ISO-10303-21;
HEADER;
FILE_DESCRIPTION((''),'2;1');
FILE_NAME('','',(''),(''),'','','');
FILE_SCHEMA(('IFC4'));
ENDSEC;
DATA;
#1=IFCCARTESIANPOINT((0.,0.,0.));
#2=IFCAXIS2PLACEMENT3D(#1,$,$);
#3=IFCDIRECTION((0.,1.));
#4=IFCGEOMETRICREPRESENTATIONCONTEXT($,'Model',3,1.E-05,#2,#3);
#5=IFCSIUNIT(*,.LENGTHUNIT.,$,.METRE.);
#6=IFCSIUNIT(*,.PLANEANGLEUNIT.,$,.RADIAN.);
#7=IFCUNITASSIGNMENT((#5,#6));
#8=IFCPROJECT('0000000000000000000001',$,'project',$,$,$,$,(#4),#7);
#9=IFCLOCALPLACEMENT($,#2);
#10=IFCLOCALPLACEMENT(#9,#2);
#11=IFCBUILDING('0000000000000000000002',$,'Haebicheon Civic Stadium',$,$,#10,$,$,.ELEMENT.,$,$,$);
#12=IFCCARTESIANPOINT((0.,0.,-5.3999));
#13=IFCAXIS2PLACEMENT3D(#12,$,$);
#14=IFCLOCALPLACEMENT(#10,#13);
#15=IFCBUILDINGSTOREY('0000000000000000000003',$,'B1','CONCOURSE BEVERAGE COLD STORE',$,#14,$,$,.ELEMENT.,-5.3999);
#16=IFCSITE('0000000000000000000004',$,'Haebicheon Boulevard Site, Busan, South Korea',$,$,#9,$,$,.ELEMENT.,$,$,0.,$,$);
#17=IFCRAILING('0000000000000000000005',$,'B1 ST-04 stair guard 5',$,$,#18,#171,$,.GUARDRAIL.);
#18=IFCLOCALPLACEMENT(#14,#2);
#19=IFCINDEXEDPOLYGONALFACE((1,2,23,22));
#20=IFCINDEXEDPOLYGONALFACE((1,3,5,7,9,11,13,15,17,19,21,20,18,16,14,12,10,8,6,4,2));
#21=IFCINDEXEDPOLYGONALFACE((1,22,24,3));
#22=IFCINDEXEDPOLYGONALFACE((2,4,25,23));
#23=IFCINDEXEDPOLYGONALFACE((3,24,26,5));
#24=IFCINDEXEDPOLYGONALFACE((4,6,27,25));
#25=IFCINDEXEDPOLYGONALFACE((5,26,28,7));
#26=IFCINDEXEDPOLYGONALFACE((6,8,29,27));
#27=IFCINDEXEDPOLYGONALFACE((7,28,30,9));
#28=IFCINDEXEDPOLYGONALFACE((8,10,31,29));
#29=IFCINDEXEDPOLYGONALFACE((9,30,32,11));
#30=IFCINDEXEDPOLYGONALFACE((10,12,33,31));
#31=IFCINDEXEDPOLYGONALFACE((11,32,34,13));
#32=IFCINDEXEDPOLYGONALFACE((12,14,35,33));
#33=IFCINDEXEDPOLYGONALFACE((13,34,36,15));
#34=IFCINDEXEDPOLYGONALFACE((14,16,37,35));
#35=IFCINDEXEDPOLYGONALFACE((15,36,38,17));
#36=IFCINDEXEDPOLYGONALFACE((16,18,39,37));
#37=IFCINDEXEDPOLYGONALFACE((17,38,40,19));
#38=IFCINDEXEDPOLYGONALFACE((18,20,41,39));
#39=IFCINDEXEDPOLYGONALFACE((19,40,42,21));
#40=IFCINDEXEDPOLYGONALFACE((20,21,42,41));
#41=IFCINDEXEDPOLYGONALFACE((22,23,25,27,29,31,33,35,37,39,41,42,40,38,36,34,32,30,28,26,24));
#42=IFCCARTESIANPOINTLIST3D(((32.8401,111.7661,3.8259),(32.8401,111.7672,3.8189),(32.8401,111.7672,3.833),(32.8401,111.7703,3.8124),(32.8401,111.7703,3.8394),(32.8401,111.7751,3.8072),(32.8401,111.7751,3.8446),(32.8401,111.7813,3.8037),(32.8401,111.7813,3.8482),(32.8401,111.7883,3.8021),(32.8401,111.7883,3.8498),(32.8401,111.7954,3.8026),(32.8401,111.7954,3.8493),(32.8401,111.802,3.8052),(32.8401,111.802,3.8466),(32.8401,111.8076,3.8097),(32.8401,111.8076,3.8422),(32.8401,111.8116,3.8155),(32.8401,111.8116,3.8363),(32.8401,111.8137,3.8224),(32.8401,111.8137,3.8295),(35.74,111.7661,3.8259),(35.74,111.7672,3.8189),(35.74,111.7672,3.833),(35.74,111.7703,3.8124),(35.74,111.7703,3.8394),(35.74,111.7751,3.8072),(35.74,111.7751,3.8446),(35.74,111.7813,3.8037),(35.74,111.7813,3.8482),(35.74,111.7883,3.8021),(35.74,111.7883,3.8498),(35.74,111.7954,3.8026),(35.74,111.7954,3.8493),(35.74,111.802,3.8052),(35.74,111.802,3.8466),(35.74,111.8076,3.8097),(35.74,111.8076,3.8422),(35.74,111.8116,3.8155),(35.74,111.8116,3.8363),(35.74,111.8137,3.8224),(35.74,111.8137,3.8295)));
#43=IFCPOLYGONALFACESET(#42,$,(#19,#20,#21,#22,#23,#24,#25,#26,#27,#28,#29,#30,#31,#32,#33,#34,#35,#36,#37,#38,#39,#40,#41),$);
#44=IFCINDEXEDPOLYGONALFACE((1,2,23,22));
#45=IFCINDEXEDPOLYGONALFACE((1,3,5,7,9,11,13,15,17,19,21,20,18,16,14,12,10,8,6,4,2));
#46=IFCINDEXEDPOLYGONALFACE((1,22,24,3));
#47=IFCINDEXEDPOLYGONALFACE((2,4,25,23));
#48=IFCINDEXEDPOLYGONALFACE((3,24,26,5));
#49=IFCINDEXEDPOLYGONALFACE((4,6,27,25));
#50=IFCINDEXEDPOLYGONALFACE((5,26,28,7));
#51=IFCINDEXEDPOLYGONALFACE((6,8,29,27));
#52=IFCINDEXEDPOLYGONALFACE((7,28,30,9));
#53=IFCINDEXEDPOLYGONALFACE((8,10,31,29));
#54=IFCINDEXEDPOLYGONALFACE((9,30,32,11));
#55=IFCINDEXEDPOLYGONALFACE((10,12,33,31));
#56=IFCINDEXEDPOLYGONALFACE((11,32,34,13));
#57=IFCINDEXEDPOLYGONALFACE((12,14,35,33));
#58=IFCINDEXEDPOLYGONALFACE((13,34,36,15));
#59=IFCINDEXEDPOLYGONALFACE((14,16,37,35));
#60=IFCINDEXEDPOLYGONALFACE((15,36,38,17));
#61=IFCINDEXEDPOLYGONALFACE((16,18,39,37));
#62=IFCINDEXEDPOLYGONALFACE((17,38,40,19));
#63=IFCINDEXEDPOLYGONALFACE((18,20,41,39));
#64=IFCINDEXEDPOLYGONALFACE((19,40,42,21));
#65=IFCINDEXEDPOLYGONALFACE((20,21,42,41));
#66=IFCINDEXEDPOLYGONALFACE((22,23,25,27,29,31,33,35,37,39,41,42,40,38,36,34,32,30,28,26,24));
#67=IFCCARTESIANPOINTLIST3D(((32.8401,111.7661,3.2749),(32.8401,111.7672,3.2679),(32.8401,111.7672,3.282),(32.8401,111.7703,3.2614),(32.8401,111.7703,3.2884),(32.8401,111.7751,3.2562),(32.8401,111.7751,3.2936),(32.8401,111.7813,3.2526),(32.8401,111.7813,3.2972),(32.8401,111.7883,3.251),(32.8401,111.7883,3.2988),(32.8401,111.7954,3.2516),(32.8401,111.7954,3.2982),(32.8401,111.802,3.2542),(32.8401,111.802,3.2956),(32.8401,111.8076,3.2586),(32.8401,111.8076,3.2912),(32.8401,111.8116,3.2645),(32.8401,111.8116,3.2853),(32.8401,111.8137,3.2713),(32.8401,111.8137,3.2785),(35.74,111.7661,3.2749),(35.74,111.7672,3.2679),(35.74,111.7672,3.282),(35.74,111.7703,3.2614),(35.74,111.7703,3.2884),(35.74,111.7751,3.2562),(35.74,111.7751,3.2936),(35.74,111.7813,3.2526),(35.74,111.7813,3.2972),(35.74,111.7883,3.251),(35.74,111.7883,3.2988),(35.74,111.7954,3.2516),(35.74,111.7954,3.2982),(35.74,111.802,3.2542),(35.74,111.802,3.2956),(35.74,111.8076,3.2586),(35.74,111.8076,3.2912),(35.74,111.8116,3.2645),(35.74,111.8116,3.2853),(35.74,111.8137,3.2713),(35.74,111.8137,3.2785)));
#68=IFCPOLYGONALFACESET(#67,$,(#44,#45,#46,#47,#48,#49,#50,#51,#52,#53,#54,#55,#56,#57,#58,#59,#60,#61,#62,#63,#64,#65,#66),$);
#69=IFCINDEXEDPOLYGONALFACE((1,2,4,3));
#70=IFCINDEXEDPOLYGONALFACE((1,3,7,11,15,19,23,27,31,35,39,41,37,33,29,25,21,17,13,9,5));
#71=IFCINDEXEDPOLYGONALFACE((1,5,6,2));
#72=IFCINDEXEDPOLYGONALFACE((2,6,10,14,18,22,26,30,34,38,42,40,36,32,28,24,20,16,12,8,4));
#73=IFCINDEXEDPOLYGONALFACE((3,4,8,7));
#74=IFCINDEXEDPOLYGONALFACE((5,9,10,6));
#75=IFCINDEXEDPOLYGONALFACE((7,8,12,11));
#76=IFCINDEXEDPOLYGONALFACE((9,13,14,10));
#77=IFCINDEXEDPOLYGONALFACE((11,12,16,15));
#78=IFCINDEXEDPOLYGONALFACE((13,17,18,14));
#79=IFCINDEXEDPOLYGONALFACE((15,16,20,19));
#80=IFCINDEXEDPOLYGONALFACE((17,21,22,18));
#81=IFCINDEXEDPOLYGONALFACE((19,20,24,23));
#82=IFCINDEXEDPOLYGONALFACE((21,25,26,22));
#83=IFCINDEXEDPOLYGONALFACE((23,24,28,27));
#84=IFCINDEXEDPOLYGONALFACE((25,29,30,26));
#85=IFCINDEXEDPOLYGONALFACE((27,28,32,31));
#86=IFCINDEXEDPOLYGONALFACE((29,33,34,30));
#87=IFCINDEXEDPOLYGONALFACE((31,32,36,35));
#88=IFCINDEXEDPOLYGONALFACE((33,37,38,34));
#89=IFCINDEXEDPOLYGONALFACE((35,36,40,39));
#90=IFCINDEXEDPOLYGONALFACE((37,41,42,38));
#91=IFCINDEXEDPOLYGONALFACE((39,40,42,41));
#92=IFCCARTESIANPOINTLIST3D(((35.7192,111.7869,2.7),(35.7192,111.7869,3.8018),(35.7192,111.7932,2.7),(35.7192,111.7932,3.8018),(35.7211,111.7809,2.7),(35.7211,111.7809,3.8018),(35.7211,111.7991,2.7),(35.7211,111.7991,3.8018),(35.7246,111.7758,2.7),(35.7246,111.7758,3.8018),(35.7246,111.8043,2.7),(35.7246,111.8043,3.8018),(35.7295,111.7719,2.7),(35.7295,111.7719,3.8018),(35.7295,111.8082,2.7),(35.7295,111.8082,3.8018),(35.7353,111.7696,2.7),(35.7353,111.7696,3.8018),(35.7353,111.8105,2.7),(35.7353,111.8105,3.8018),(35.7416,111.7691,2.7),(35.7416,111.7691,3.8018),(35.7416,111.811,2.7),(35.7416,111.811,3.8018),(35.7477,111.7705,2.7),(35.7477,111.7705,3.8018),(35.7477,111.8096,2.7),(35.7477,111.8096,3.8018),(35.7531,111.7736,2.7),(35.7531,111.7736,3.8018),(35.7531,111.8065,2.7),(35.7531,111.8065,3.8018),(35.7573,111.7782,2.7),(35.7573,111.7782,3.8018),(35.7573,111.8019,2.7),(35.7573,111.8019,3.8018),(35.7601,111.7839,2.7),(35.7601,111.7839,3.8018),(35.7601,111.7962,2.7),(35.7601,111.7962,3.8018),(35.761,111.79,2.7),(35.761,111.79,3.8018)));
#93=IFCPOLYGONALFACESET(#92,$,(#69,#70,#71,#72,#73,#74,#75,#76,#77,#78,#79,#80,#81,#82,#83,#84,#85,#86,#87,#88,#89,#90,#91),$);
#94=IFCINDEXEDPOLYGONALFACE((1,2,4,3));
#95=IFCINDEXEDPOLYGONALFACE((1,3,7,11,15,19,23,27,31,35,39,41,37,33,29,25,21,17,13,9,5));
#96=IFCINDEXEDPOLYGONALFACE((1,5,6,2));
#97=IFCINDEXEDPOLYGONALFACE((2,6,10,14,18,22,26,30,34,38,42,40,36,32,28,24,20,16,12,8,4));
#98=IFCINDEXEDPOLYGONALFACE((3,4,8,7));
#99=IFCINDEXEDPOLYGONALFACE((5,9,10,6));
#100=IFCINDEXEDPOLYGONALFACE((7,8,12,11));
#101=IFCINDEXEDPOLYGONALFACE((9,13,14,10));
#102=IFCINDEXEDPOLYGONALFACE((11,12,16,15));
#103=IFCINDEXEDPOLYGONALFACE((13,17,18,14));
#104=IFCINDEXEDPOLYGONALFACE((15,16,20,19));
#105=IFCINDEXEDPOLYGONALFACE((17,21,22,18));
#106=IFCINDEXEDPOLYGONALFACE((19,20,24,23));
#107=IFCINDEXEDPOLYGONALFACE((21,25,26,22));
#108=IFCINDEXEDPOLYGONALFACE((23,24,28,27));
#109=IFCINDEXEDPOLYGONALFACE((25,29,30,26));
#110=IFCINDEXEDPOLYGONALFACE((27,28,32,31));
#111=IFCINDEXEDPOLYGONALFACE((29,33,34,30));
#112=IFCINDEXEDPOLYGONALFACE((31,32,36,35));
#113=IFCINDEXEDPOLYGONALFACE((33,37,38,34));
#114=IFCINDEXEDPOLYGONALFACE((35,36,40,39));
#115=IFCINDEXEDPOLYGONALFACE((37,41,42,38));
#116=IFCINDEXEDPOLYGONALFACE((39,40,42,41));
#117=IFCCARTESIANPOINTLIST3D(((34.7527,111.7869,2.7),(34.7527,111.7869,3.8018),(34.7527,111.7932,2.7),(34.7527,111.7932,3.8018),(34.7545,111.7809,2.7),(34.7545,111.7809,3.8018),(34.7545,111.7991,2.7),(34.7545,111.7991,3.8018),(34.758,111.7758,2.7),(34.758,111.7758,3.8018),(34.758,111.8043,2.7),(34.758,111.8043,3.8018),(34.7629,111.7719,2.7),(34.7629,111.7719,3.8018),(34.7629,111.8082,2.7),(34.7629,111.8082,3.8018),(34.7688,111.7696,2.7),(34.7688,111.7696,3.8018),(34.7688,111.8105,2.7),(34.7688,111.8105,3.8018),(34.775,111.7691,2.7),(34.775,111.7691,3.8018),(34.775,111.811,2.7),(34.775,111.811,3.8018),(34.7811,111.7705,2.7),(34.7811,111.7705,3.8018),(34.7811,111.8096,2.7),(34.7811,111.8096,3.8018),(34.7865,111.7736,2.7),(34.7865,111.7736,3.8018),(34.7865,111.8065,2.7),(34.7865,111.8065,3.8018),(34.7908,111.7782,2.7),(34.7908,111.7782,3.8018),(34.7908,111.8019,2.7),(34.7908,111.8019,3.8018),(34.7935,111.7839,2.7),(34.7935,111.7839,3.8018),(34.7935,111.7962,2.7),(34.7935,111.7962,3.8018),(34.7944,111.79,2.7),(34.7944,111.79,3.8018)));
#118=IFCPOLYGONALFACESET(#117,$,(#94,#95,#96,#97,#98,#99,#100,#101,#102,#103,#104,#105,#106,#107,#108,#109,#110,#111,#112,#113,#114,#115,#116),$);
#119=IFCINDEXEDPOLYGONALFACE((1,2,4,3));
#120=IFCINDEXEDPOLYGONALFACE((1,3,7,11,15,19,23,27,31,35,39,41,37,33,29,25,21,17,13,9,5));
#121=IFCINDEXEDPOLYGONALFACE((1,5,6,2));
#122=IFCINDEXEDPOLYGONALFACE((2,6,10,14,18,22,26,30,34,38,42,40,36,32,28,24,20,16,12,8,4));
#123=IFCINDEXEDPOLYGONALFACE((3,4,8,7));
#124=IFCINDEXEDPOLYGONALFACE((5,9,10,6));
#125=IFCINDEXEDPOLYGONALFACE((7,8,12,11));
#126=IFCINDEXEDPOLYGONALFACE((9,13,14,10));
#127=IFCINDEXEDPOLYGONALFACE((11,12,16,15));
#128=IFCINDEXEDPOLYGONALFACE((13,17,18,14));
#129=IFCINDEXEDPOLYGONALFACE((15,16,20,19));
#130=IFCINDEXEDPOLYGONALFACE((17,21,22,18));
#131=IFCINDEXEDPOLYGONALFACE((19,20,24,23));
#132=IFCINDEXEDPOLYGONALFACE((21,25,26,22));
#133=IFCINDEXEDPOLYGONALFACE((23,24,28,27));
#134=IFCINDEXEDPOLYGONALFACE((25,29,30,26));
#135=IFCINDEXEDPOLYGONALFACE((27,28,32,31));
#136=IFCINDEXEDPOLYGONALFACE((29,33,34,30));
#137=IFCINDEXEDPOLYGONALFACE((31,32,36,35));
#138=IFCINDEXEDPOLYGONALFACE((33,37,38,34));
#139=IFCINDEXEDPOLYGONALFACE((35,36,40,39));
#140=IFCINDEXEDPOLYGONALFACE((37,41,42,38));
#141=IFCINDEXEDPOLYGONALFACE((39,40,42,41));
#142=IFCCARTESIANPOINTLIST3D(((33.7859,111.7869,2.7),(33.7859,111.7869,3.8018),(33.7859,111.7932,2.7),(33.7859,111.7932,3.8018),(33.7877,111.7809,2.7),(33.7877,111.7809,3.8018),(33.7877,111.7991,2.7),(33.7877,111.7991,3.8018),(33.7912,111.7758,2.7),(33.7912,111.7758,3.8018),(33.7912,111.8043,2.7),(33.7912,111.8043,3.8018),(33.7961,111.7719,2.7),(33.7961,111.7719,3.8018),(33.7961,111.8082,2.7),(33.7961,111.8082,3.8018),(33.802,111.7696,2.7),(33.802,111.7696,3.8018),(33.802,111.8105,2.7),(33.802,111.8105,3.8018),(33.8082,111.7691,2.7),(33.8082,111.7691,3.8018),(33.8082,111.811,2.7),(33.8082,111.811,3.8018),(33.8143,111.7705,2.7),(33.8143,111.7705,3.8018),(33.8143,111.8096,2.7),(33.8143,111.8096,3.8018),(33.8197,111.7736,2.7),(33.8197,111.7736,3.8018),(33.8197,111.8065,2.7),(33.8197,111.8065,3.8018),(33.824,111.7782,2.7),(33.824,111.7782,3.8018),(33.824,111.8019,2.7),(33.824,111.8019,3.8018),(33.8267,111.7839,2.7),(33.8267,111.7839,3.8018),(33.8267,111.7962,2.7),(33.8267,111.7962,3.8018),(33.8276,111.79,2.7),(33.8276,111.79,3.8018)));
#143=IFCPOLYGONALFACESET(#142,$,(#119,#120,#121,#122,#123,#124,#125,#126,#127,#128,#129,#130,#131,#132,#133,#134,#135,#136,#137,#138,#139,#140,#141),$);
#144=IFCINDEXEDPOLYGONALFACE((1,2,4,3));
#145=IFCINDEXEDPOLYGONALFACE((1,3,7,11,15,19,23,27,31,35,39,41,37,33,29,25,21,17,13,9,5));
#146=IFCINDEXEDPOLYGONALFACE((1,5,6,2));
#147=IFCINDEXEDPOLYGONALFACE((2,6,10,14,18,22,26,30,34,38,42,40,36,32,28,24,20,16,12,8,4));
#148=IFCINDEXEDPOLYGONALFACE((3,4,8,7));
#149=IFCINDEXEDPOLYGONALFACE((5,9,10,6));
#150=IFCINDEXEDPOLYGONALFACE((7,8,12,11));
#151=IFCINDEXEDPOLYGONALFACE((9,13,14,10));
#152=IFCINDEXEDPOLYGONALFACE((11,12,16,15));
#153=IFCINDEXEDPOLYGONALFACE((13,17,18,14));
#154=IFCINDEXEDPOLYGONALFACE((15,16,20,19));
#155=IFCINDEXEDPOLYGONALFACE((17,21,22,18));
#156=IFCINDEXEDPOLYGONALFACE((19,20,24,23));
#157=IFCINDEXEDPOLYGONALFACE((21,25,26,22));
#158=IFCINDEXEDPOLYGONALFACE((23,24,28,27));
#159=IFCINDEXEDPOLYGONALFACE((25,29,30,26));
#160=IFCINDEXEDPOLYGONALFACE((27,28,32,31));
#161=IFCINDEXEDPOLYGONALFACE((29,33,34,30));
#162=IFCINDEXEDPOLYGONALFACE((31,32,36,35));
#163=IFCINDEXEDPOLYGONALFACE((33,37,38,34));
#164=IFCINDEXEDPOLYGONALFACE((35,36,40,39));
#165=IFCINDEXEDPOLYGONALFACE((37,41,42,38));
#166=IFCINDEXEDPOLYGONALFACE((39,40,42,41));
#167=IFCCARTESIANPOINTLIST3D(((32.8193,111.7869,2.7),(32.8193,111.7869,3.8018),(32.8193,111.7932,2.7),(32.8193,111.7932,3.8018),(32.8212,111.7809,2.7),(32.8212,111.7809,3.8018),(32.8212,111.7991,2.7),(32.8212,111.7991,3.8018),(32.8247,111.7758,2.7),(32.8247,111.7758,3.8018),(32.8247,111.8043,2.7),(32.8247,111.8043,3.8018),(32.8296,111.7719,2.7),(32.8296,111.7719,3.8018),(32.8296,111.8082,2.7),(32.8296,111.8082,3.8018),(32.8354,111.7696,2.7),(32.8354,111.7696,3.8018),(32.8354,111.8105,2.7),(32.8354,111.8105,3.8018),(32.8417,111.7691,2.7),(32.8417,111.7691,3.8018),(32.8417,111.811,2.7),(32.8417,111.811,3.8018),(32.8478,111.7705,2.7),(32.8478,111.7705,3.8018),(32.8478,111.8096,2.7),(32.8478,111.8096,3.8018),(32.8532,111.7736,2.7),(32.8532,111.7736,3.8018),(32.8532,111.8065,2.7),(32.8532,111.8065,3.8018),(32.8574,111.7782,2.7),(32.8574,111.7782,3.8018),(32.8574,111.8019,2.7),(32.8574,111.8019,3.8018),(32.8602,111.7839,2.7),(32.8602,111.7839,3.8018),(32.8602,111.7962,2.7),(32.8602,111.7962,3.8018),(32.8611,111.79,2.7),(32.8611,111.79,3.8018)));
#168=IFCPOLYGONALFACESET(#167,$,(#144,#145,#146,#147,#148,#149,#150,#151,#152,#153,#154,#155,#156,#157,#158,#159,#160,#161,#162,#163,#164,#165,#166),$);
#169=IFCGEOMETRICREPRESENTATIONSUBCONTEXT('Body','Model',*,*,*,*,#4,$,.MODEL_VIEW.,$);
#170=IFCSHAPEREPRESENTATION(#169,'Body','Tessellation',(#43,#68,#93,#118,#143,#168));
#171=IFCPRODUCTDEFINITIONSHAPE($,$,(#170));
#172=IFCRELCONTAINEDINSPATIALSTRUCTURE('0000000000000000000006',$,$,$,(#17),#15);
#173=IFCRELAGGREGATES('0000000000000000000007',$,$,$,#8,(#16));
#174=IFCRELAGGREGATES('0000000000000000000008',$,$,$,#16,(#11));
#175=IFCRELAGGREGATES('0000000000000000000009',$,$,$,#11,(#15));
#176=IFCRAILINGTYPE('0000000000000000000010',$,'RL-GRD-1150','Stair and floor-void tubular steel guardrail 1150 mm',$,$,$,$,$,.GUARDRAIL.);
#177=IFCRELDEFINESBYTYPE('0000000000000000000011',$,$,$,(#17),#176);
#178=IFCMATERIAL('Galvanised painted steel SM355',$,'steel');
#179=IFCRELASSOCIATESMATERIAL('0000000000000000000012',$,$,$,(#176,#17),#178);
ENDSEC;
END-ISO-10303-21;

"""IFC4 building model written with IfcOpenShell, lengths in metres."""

from ifc_helpers import new_model, si_unit, direction, frame, origin, origin_2d, place, context, subcontext, project, spatial, circle, extrude, material, type_object, element, save


model = new_model("IFC4")

# Units and contexts
model_context = context("Model", 3, precision=1e-05, world=origin(), true_north=direction((0.0, 1.0)))
body_context = subcontext(model_context, "Body", "Model", "MODEL_VIEW")
ifc_project = project(units=[si_unit("LENGTHUNIT", "METRE"), si_unit("PLANEANGLEUNIT", "RADIAN")], contexts=[model_context])

# Site, building, storey
site_placement = place(None, origin())
site = spatial("IfcSite", under=ifc_project, at=site_placement, Name="Haebicheon Boulevard Site, Busan, South Korea", CompositionType="ELEMENT", RefElevation=0.0)
building_placement = place(site_placement, origin())
building = spatial("IfcBuilding", under=site, at=building_placement, Name="Haebicheon Civic Stadium", CompositionType="ELEMENT")
storey_placement = place(building_placement, frame((0.0, 0.0, -5.3999)))
storey = spatial("IfcBuildingStorey", under=building, at=storey_placement, Name="B1", Description="CONCOURSE BEVERAGE COLD STORE", CompositionType="ELEMENT", Elevation=-5.3999)

# Railing
ifc_material_1 = material(Name="Galvanised painted steel SM355", Category="steel")
railing_type = type_object("IfcRailingType", Name="RL-GRD-1150", Description="Stair and floor-void tubular steel guardrail 1150 mm", PredefinedType="GUARDRAIL", material=ifc_material_1)
railing_1_placement = place(storey_placement, frame((35.74, 111.79, 2.7)))
element("IfcRailing", 1, at=railing_1_placement, inside=storey, type_object=railing_type, material=ifc_material_1, Name="B1 ST-04 stair guard 5", PredefinedType="GUARDRAIL", context=body_context, shape_type="SweptSolid", body=[
    extrude(circle(Radius=0.0239, at=origin_2d()), frame((0.0, 0.0, 1.126), z_axis=(-1.0, 0.0, 0.0), x_axis=(0.0, -1.0, 0.0)), (0.0, 0.0, 1.0), 2.8999),
    extrude(circle(Radius=0.0239, at=origin_2d()), frame((0.0, 0.0, 0.575), z_axis=(-1.0, 0.0, 0.0), x_axis=(0.0, -1.0, 0.0)), (0.0, 0.0, 1.0), 2.8999),
    extrude(circle(Radius=0.021, at=origin_2d()), origin(), (0.0, 0.0, 1.0), 1.1018),
    extrude(circle(Radius=0.021, at=origin_2d()), frame((-0.9666, 0.0, 0.0)), (0.0, 0.0, 1.0), 1.1018),
    extrude(circle(Radius=0.021, at=origin_2d()), frame((-1.9333, 0.0, 0.0)), (0.0, 0.0, 1.0), 1.1018),
    extrude(circle(Radius=0.021, at=origin_2d()), frame((-2.8999, 0.0, 0.0)), (0.0, 0.0, 1.0), 1.1018),
])

save(model, "model.ifc")
